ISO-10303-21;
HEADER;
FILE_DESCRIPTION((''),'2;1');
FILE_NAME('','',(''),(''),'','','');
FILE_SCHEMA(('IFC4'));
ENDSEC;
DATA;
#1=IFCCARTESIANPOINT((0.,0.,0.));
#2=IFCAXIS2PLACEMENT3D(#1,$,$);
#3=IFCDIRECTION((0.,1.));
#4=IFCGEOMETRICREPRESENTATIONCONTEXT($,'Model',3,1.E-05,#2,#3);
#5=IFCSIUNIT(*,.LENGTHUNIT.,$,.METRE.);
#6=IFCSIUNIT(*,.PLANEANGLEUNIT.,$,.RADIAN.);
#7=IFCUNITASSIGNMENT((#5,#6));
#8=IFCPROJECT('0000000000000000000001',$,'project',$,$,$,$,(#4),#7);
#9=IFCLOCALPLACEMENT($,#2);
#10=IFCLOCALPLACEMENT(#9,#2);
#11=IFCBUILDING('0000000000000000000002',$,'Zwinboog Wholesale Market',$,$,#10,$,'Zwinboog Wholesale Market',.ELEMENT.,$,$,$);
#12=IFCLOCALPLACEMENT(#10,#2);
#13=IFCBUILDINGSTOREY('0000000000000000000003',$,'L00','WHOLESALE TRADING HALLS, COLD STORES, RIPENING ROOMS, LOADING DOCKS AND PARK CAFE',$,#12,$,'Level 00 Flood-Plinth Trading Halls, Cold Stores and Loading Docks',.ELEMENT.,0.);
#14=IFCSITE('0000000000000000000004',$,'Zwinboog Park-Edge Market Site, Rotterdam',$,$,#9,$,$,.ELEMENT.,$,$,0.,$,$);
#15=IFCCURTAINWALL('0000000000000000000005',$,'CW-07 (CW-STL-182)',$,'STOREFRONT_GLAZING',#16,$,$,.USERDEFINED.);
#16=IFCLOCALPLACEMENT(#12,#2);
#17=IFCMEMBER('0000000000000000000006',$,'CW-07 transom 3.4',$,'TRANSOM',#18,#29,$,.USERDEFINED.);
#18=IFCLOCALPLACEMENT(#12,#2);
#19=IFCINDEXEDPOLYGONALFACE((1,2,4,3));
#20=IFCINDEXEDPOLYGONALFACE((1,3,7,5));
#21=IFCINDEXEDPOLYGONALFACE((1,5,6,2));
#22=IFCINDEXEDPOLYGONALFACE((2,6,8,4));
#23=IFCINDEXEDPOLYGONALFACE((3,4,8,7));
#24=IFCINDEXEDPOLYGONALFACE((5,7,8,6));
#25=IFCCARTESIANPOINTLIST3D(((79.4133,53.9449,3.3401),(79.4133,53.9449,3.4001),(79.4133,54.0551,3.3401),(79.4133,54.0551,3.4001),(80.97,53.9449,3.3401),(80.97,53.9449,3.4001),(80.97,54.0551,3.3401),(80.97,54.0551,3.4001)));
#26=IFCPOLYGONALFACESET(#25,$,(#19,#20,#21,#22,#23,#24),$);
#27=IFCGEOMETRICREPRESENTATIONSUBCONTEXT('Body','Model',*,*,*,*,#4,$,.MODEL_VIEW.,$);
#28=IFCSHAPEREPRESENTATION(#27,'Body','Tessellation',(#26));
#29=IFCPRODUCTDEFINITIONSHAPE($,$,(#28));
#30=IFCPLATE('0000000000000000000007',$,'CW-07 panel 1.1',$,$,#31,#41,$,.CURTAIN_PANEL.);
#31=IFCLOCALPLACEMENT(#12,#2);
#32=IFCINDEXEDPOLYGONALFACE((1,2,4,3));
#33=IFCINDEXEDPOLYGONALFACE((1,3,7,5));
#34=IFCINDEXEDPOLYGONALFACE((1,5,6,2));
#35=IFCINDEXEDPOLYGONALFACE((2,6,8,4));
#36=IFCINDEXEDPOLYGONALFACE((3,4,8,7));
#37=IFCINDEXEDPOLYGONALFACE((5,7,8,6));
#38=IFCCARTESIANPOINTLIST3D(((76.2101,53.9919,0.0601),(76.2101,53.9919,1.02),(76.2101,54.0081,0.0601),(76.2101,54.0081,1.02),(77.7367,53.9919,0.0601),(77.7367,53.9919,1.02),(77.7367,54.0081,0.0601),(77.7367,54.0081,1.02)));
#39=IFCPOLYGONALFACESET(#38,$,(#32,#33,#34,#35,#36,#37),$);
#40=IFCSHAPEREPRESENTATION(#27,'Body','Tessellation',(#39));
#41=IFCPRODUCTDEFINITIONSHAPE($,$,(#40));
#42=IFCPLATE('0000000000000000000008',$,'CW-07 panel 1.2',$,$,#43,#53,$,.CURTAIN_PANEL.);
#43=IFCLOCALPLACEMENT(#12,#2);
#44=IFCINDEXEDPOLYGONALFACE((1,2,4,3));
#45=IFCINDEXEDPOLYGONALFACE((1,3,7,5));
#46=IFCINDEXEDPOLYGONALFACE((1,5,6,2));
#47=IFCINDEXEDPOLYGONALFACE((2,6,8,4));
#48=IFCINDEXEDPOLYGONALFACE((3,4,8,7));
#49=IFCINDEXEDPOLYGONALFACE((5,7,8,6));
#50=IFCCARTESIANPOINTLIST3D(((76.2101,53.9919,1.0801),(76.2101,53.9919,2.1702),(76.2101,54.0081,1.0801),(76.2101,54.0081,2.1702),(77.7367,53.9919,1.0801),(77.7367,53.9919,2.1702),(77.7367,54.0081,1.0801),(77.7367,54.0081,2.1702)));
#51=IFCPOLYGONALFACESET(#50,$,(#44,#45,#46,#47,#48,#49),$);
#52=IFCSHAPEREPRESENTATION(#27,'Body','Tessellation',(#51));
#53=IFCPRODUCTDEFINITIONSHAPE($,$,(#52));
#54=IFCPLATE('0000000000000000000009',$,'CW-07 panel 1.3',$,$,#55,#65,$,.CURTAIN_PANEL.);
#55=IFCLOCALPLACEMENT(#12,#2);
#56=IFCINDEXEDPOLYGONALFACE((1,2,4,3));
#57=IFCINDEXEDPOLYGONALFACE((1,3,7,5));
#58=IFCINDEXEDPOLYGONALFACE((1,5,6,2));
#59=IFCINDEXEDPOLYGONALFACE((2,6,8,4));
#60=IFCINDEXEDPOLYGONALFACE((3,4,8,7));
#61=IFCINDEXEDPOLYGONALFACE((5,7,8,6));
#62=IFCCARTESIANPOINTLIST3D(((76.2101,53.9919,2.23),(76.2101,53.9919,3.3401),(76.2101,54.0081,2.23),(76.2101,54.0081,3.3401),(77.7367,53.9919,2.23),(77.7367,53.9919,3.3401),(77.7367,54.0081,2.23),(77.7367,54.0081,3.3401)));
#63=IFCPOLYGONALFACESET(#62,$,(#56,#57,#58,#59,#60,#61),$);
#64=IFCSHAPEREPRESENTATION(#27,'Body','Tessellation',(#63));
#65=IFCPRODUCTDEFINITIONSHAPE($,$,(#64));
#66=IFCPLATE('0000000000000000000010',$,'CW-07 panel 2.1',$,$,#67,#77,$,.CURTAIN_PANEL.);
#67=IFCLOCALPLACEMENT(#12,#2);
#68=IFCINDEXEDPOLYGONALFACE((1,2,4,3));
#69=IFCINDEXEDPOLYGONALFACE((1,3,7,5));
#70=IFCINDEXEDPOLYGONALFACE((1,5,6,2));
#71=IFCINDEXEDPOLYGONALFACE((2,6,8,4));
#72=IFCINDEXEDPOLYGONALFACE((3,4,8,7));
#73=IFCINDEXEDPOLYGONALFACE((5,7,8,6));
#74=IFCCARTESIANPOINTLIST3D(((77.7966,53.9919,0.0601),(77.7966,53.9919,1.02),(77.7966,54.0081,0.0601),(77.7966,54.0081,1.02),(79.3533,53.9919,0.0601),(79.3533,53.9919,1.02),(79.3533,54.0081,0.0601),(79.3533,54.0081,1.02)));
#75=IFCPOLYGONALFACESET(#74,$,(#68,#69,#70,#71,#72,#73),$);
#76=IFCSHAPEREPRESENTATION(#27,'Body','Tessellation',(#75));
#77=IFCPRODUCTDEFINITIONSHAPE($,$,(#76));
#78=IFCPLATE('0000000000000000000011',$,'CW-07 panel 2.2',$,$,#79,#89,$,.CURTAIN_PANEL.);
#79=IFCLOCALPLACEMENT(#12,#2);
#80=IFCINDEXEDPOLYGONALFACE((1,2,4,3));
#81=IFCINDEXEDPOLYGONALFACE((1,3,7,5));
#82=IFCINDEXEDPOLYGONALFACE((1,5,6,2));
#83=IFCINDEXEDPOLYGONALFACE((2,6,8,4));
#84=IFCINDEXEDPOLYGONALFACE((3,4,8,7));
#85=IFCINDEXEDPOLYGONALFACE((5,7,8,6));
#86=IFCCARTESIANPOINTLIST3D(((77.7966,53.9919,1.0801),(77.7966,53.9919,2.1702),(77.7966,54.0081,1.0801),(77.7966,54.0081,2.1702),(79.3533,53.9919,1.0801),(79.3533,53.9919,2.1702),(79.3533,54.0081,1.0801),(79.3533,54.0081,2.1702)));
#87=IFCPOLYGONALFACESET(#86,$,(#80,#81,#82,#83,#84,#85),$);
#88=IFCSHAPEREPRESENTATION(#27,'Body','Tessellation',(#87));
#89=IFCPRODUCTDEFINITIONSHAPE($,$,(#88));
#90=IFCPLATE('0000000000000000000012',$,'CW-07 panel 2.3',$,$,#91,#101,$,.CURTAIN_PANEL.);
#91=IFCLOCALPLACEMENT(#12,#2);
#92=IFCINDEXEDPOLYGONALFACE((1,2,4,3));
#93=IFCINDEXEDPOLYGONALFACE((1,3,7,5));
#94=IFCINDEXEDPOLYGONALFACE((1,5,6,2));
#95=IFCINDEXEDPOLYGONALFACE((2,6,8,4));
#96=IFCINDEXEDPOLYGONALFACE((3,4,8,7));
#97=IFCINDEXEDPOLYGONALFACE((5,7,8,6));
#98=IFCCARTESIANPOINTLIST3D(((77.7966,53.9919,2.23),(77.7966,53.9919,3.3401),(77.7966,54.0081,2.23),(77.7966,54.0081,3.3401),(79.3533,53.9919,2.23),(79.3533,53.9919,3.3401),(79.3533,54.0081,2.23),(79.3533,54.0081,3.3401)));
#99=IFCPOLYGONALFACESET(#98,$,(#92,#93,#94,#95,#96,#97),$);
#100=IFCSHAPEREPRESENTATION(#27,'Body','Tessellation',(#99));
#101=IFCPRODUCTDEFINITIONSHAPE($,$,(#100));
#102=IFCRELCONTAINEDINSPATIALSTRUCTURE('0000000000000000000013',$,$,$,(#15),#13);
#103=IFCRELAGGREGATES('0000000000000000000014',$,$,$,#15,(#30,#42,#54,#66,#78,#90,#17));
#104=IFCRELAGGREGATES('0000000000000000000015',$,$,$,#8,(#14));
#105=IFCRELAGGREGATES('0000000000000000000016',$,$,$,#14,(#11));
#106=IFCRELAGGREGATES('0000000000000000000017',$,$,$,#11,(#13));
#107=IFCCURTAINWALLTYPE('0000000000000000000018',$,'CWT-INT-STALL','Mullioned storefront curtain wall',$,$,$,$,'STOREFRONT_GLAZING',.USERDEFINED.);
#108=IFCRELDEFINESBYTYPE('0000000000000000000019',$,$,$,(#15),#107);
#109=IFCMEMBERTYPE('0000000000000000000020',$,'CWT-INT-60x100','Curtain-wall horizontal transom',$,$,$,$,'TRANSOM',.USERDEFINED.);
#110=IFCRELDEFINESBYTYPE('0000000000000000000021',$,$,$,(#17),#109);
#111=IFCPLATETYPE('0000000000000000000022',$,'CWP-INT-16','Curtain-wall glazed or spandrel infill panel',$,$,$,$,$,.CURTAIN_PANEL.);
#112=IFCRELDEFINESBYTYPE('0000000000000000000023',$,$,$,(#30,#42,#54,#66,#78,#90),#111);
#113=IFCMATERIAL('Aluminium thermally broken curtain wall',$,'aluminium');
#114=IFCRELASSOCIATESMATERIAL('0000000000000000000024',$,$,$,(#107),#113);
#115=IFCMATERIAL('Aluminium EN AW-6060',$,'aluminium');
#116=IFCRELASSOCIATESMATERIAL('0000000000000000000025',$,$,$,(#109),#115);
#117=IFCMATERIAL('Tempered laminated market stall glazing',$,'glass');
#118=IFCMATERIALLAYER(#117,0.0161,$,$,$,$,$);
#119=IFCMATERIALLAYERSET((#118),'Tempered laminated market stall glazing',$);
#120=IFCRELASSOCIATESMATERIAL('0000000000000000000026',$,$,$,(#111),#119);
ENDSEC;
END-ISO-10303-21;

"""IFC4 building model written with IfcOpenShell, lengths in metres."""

from ifc_helpers import new_model, si_unit, direction, frame, origin, origin_2d, place, context, subcontext, project, spatial, rectangle, extrude, material, layer, layer_set, material_profile, profile_set, type_object, element, aggregate, save


model = new_model("IFC4")

# Units and contexts
model_context = context("Model", 3, precision=1e-05, world=origin(), true_north=direction((0.0, 1.0)))
body_context = subcontext(model_context, "Body", "Model", "MODEL_VIEW")
ifc_project = project(units=[si_unit("LENGTHUNIT", "METRE"), si_unit("PLANEANGLEUNIT", "RADIAN")], contexts=[model_context])

# Site, building, storey
site_placement = place(None, origin())
site = spatial("IfcSite", under=ifc_project, at=site_placement, Name="Zwinboog Park-Edge Market Site, Rotterdam", CompositionType="ELEMENT", RefElevation=0.0)
building_placement = place(site_placement, origin())
building = spatial("IfcBuilding", under=site, at=building_placement, Name="Zwinboog Wholesale Market", LongName="Zwinboog Wholesale Market", CompositionType="ELEMENT")
storey_placement = place(building_placement, origin())
storey = spatial("IfcBuildingStorey", under=building, at=storey_placement, Name="L00", Description="WHOLESALE TRADING HALLS, COLD STORES, RIPENING ROOMS, LOADING DOCKS AND PARK CAFE", LongName="Level 00 Flood-Plinth Trading Halls, Cold Stores and Loading Docks", CompositionType="ELEMENT", Elevation=0.0)

# Curtain wall, member, plates
ifc_material_1 = material(Name="Aluminium thermally broken curtain wall", Category="aluminium")
curtain_wall_type = type_object("IfcCurtainWallType", Name="CWT-INT-STALL", Description="Mullioned storefront curtain wall", ElementType="STOREFRONT_GLAZING", PredefinedType="USERDEFINED", material=ifc_material_1)
curtain_wall_placement = place(storey_placement, origin())
curtain_wall = element("IfcCurtainWall", 1, at=curtain_wall_placement, inside=storey, type_object=curtain_wall_type, Name="CW-07 (CW-STL-182)", ObjectType="STOREFRONT_GLAZING", PredefinedType="USERDEFINED")
ifc_material_2 = material(Name="Aluminium EN AW-6060", Category="aluminium")
ifc_material_profile_1 = material_profile(ifc_material_2, rectangle(XDim=0.1101, YDim=0.0601, at=origin_2d()), Name="AL 60x110")
ifc_profile_set_1 = profile_set([ifc_material_profile_1], Name="Aluminium EN AW-6060")
member_type_1 = type_object("IfcMemberType", Name="CWT-INT-60x100", Description="Curtain-wall horizontal transom", ElementType="TRANSOM", PredefinedType="USERDEFINED", material=ifc_profile_set_1)
member_1_placement = place(storey_placement, frame((79.4133, 54.0, 3.3701), z_axis=(1.0, 0.0, 0.0), x_axis=(0.0, 1.0, 0.0)))
member_1 = element("IfcMember", 2, at=member_1_placement, type_object=member_type_1, Name="CW-07 transom 3.4", ObjectType="TRANSOM", PredefinedType="USERDEFINED", context=body_context, shape_type="SweptSolid", body=[
    extrude(rectangle(XDim=0.1101, YDim=0.0601, at=origin_2d()), origin(), (0.0, 0.0, 1.0), 1.5566),
])
ifc_material_3 = material(Name="Tempered laminated market stall glazing", Category="glass")
ifc_layer = layer(ifc_material_3, 0.0161)
ifc_layer_set = layer_set([ifc_layer], Name="Tempered laminated market stall glazing")
plate_type = type_object("IfcPlateType", Name="CWP-INT-16", Description="Curtain-wall glazed or spandrel infill panel", PredefinedType="CURTAIN_PANEL", material=ifc_layer_set)
plate_1_placement = place(storey_placement, frame((76.9734, 54.0, 0.0601), z_axis=(0.0, 0.0, 1.0), x_axis=(1.0, 0.0, 0.0)))
plate_1 = element("IfcPlate", 3, at=plate_1_placement, type_object=plate_type, Name="CW-07 panel 1.1", PredefinedType="CURTAIN_PANEL", context=body_context, shape_type="SweptSolid", body=[
    extrude(rectangle(XDim=1.5266, YDim=0.0161, at=origin_2d()), origin(), (0.0, 0.0, 1.0), 0.96),
])
plate_2_placement = place(storey_placement, frame((76.9734, 54.0, 1.0801), z_axis=(0.0, 0.0, 1.0), x_axis=(1.0, 0.0, 0.0)))
plate_2 = element("IfcPlate", 4, at=plate_2_placement, type_object=plate_type, Name="CW-07 panel 1.2", PredefinedType="CURTAIN_PANEL", context=body_context, shape_type="SweptSolid", body=[
    extrude(rectangle(XDim=1.5266, YDim=0.0161, at=origin_2d()), origin(), (0.0, 0.0, 1.0), 1.0901),
])
plate_3_placement = place(storey_placement, frame((76.9734, 54.0, 2.23), z_axis=(0.0, 0.0, 1.0), x_axis=(1.0, 0.0, 0.0)))
plate_3 = element("IfcPlate", 5, at=plate_3_placement, type_object=plate_type, Name="CW-07 panel 1.3", PredefinedType="CURTAIN_PANEL", context=body_context, shape_type="SweptSolid", body=[
    extrude(rectangle(XDim=1.5266, YDim=0.0161, at=origin_2d()), origin(), (0.0, 0.0, 1.0), 1.1101),
])
plate_4_placement = place(storey_placement, frame((78.575, 54.0, 0.0601), z_axis=(0.0, 0.0, 1.0), x_axis=(1.0, 0.0, 0.0)))
plate_4 = element("IfcPlate", 6, at=plate_4_placement, type_object=plate_type, Name="CW-07 panel 2.1", PredefinedType="CURTAIN_PANEL", context=body_context, shape_type="SweptSolid", body=[
    extrude(rectangle(XDim=1.5566, YDim=0.0161, at=origin_2d()), origin(), (0.0, 0.0, 1.0), 0.96),
])
plate_5_placement = place(storey_placement, frame((78.575, 54.0, 1.0801), z_axis=(0.0, 0.0, 1.0), x_axis=(1.0, 0.0, 0.0)))
plate_5 = element("IfcPlate", 7, at=plate_5_placement, type_object=plate_type, Name="CW-07 panel 2.2", PredefinedType="CURTAIN_PANEL", context=body_context, shape_type="SweptSolid", body=[
    extrude(rectangle(XDim=1.5566, YDim=0.0161, at=origin_2d()), origin(), (0.0, 0.0, 1.0), 1.0901),
])
plate_6_placement = place(storey_placement, frame((78.575, 54.0, 2.23), z_axis=(0.0, 0.0, 1.0), x_axis=(1.0, 0.0, 0.0)))
plate_6 = element("IfcPlate", 8, at=plate_6_placement, type_object=plate_type, Name="CW-07 panel 2.3", PredefinedType="CURTAIN_PANEL", context=body_context, shape_type="SweptSolid", body=[
    extrude(rectangle(XDim=1.5566, YDim=0.0161, at=origin_2d()), origin(), (0.0, 0.0, 1.0), 1.1101),
])
aggregate(curtain_wall, [plate_1, plate_2, plate_3, plate_4, plate_5, plate_6, member_1])

save(model, "model.ifc")
